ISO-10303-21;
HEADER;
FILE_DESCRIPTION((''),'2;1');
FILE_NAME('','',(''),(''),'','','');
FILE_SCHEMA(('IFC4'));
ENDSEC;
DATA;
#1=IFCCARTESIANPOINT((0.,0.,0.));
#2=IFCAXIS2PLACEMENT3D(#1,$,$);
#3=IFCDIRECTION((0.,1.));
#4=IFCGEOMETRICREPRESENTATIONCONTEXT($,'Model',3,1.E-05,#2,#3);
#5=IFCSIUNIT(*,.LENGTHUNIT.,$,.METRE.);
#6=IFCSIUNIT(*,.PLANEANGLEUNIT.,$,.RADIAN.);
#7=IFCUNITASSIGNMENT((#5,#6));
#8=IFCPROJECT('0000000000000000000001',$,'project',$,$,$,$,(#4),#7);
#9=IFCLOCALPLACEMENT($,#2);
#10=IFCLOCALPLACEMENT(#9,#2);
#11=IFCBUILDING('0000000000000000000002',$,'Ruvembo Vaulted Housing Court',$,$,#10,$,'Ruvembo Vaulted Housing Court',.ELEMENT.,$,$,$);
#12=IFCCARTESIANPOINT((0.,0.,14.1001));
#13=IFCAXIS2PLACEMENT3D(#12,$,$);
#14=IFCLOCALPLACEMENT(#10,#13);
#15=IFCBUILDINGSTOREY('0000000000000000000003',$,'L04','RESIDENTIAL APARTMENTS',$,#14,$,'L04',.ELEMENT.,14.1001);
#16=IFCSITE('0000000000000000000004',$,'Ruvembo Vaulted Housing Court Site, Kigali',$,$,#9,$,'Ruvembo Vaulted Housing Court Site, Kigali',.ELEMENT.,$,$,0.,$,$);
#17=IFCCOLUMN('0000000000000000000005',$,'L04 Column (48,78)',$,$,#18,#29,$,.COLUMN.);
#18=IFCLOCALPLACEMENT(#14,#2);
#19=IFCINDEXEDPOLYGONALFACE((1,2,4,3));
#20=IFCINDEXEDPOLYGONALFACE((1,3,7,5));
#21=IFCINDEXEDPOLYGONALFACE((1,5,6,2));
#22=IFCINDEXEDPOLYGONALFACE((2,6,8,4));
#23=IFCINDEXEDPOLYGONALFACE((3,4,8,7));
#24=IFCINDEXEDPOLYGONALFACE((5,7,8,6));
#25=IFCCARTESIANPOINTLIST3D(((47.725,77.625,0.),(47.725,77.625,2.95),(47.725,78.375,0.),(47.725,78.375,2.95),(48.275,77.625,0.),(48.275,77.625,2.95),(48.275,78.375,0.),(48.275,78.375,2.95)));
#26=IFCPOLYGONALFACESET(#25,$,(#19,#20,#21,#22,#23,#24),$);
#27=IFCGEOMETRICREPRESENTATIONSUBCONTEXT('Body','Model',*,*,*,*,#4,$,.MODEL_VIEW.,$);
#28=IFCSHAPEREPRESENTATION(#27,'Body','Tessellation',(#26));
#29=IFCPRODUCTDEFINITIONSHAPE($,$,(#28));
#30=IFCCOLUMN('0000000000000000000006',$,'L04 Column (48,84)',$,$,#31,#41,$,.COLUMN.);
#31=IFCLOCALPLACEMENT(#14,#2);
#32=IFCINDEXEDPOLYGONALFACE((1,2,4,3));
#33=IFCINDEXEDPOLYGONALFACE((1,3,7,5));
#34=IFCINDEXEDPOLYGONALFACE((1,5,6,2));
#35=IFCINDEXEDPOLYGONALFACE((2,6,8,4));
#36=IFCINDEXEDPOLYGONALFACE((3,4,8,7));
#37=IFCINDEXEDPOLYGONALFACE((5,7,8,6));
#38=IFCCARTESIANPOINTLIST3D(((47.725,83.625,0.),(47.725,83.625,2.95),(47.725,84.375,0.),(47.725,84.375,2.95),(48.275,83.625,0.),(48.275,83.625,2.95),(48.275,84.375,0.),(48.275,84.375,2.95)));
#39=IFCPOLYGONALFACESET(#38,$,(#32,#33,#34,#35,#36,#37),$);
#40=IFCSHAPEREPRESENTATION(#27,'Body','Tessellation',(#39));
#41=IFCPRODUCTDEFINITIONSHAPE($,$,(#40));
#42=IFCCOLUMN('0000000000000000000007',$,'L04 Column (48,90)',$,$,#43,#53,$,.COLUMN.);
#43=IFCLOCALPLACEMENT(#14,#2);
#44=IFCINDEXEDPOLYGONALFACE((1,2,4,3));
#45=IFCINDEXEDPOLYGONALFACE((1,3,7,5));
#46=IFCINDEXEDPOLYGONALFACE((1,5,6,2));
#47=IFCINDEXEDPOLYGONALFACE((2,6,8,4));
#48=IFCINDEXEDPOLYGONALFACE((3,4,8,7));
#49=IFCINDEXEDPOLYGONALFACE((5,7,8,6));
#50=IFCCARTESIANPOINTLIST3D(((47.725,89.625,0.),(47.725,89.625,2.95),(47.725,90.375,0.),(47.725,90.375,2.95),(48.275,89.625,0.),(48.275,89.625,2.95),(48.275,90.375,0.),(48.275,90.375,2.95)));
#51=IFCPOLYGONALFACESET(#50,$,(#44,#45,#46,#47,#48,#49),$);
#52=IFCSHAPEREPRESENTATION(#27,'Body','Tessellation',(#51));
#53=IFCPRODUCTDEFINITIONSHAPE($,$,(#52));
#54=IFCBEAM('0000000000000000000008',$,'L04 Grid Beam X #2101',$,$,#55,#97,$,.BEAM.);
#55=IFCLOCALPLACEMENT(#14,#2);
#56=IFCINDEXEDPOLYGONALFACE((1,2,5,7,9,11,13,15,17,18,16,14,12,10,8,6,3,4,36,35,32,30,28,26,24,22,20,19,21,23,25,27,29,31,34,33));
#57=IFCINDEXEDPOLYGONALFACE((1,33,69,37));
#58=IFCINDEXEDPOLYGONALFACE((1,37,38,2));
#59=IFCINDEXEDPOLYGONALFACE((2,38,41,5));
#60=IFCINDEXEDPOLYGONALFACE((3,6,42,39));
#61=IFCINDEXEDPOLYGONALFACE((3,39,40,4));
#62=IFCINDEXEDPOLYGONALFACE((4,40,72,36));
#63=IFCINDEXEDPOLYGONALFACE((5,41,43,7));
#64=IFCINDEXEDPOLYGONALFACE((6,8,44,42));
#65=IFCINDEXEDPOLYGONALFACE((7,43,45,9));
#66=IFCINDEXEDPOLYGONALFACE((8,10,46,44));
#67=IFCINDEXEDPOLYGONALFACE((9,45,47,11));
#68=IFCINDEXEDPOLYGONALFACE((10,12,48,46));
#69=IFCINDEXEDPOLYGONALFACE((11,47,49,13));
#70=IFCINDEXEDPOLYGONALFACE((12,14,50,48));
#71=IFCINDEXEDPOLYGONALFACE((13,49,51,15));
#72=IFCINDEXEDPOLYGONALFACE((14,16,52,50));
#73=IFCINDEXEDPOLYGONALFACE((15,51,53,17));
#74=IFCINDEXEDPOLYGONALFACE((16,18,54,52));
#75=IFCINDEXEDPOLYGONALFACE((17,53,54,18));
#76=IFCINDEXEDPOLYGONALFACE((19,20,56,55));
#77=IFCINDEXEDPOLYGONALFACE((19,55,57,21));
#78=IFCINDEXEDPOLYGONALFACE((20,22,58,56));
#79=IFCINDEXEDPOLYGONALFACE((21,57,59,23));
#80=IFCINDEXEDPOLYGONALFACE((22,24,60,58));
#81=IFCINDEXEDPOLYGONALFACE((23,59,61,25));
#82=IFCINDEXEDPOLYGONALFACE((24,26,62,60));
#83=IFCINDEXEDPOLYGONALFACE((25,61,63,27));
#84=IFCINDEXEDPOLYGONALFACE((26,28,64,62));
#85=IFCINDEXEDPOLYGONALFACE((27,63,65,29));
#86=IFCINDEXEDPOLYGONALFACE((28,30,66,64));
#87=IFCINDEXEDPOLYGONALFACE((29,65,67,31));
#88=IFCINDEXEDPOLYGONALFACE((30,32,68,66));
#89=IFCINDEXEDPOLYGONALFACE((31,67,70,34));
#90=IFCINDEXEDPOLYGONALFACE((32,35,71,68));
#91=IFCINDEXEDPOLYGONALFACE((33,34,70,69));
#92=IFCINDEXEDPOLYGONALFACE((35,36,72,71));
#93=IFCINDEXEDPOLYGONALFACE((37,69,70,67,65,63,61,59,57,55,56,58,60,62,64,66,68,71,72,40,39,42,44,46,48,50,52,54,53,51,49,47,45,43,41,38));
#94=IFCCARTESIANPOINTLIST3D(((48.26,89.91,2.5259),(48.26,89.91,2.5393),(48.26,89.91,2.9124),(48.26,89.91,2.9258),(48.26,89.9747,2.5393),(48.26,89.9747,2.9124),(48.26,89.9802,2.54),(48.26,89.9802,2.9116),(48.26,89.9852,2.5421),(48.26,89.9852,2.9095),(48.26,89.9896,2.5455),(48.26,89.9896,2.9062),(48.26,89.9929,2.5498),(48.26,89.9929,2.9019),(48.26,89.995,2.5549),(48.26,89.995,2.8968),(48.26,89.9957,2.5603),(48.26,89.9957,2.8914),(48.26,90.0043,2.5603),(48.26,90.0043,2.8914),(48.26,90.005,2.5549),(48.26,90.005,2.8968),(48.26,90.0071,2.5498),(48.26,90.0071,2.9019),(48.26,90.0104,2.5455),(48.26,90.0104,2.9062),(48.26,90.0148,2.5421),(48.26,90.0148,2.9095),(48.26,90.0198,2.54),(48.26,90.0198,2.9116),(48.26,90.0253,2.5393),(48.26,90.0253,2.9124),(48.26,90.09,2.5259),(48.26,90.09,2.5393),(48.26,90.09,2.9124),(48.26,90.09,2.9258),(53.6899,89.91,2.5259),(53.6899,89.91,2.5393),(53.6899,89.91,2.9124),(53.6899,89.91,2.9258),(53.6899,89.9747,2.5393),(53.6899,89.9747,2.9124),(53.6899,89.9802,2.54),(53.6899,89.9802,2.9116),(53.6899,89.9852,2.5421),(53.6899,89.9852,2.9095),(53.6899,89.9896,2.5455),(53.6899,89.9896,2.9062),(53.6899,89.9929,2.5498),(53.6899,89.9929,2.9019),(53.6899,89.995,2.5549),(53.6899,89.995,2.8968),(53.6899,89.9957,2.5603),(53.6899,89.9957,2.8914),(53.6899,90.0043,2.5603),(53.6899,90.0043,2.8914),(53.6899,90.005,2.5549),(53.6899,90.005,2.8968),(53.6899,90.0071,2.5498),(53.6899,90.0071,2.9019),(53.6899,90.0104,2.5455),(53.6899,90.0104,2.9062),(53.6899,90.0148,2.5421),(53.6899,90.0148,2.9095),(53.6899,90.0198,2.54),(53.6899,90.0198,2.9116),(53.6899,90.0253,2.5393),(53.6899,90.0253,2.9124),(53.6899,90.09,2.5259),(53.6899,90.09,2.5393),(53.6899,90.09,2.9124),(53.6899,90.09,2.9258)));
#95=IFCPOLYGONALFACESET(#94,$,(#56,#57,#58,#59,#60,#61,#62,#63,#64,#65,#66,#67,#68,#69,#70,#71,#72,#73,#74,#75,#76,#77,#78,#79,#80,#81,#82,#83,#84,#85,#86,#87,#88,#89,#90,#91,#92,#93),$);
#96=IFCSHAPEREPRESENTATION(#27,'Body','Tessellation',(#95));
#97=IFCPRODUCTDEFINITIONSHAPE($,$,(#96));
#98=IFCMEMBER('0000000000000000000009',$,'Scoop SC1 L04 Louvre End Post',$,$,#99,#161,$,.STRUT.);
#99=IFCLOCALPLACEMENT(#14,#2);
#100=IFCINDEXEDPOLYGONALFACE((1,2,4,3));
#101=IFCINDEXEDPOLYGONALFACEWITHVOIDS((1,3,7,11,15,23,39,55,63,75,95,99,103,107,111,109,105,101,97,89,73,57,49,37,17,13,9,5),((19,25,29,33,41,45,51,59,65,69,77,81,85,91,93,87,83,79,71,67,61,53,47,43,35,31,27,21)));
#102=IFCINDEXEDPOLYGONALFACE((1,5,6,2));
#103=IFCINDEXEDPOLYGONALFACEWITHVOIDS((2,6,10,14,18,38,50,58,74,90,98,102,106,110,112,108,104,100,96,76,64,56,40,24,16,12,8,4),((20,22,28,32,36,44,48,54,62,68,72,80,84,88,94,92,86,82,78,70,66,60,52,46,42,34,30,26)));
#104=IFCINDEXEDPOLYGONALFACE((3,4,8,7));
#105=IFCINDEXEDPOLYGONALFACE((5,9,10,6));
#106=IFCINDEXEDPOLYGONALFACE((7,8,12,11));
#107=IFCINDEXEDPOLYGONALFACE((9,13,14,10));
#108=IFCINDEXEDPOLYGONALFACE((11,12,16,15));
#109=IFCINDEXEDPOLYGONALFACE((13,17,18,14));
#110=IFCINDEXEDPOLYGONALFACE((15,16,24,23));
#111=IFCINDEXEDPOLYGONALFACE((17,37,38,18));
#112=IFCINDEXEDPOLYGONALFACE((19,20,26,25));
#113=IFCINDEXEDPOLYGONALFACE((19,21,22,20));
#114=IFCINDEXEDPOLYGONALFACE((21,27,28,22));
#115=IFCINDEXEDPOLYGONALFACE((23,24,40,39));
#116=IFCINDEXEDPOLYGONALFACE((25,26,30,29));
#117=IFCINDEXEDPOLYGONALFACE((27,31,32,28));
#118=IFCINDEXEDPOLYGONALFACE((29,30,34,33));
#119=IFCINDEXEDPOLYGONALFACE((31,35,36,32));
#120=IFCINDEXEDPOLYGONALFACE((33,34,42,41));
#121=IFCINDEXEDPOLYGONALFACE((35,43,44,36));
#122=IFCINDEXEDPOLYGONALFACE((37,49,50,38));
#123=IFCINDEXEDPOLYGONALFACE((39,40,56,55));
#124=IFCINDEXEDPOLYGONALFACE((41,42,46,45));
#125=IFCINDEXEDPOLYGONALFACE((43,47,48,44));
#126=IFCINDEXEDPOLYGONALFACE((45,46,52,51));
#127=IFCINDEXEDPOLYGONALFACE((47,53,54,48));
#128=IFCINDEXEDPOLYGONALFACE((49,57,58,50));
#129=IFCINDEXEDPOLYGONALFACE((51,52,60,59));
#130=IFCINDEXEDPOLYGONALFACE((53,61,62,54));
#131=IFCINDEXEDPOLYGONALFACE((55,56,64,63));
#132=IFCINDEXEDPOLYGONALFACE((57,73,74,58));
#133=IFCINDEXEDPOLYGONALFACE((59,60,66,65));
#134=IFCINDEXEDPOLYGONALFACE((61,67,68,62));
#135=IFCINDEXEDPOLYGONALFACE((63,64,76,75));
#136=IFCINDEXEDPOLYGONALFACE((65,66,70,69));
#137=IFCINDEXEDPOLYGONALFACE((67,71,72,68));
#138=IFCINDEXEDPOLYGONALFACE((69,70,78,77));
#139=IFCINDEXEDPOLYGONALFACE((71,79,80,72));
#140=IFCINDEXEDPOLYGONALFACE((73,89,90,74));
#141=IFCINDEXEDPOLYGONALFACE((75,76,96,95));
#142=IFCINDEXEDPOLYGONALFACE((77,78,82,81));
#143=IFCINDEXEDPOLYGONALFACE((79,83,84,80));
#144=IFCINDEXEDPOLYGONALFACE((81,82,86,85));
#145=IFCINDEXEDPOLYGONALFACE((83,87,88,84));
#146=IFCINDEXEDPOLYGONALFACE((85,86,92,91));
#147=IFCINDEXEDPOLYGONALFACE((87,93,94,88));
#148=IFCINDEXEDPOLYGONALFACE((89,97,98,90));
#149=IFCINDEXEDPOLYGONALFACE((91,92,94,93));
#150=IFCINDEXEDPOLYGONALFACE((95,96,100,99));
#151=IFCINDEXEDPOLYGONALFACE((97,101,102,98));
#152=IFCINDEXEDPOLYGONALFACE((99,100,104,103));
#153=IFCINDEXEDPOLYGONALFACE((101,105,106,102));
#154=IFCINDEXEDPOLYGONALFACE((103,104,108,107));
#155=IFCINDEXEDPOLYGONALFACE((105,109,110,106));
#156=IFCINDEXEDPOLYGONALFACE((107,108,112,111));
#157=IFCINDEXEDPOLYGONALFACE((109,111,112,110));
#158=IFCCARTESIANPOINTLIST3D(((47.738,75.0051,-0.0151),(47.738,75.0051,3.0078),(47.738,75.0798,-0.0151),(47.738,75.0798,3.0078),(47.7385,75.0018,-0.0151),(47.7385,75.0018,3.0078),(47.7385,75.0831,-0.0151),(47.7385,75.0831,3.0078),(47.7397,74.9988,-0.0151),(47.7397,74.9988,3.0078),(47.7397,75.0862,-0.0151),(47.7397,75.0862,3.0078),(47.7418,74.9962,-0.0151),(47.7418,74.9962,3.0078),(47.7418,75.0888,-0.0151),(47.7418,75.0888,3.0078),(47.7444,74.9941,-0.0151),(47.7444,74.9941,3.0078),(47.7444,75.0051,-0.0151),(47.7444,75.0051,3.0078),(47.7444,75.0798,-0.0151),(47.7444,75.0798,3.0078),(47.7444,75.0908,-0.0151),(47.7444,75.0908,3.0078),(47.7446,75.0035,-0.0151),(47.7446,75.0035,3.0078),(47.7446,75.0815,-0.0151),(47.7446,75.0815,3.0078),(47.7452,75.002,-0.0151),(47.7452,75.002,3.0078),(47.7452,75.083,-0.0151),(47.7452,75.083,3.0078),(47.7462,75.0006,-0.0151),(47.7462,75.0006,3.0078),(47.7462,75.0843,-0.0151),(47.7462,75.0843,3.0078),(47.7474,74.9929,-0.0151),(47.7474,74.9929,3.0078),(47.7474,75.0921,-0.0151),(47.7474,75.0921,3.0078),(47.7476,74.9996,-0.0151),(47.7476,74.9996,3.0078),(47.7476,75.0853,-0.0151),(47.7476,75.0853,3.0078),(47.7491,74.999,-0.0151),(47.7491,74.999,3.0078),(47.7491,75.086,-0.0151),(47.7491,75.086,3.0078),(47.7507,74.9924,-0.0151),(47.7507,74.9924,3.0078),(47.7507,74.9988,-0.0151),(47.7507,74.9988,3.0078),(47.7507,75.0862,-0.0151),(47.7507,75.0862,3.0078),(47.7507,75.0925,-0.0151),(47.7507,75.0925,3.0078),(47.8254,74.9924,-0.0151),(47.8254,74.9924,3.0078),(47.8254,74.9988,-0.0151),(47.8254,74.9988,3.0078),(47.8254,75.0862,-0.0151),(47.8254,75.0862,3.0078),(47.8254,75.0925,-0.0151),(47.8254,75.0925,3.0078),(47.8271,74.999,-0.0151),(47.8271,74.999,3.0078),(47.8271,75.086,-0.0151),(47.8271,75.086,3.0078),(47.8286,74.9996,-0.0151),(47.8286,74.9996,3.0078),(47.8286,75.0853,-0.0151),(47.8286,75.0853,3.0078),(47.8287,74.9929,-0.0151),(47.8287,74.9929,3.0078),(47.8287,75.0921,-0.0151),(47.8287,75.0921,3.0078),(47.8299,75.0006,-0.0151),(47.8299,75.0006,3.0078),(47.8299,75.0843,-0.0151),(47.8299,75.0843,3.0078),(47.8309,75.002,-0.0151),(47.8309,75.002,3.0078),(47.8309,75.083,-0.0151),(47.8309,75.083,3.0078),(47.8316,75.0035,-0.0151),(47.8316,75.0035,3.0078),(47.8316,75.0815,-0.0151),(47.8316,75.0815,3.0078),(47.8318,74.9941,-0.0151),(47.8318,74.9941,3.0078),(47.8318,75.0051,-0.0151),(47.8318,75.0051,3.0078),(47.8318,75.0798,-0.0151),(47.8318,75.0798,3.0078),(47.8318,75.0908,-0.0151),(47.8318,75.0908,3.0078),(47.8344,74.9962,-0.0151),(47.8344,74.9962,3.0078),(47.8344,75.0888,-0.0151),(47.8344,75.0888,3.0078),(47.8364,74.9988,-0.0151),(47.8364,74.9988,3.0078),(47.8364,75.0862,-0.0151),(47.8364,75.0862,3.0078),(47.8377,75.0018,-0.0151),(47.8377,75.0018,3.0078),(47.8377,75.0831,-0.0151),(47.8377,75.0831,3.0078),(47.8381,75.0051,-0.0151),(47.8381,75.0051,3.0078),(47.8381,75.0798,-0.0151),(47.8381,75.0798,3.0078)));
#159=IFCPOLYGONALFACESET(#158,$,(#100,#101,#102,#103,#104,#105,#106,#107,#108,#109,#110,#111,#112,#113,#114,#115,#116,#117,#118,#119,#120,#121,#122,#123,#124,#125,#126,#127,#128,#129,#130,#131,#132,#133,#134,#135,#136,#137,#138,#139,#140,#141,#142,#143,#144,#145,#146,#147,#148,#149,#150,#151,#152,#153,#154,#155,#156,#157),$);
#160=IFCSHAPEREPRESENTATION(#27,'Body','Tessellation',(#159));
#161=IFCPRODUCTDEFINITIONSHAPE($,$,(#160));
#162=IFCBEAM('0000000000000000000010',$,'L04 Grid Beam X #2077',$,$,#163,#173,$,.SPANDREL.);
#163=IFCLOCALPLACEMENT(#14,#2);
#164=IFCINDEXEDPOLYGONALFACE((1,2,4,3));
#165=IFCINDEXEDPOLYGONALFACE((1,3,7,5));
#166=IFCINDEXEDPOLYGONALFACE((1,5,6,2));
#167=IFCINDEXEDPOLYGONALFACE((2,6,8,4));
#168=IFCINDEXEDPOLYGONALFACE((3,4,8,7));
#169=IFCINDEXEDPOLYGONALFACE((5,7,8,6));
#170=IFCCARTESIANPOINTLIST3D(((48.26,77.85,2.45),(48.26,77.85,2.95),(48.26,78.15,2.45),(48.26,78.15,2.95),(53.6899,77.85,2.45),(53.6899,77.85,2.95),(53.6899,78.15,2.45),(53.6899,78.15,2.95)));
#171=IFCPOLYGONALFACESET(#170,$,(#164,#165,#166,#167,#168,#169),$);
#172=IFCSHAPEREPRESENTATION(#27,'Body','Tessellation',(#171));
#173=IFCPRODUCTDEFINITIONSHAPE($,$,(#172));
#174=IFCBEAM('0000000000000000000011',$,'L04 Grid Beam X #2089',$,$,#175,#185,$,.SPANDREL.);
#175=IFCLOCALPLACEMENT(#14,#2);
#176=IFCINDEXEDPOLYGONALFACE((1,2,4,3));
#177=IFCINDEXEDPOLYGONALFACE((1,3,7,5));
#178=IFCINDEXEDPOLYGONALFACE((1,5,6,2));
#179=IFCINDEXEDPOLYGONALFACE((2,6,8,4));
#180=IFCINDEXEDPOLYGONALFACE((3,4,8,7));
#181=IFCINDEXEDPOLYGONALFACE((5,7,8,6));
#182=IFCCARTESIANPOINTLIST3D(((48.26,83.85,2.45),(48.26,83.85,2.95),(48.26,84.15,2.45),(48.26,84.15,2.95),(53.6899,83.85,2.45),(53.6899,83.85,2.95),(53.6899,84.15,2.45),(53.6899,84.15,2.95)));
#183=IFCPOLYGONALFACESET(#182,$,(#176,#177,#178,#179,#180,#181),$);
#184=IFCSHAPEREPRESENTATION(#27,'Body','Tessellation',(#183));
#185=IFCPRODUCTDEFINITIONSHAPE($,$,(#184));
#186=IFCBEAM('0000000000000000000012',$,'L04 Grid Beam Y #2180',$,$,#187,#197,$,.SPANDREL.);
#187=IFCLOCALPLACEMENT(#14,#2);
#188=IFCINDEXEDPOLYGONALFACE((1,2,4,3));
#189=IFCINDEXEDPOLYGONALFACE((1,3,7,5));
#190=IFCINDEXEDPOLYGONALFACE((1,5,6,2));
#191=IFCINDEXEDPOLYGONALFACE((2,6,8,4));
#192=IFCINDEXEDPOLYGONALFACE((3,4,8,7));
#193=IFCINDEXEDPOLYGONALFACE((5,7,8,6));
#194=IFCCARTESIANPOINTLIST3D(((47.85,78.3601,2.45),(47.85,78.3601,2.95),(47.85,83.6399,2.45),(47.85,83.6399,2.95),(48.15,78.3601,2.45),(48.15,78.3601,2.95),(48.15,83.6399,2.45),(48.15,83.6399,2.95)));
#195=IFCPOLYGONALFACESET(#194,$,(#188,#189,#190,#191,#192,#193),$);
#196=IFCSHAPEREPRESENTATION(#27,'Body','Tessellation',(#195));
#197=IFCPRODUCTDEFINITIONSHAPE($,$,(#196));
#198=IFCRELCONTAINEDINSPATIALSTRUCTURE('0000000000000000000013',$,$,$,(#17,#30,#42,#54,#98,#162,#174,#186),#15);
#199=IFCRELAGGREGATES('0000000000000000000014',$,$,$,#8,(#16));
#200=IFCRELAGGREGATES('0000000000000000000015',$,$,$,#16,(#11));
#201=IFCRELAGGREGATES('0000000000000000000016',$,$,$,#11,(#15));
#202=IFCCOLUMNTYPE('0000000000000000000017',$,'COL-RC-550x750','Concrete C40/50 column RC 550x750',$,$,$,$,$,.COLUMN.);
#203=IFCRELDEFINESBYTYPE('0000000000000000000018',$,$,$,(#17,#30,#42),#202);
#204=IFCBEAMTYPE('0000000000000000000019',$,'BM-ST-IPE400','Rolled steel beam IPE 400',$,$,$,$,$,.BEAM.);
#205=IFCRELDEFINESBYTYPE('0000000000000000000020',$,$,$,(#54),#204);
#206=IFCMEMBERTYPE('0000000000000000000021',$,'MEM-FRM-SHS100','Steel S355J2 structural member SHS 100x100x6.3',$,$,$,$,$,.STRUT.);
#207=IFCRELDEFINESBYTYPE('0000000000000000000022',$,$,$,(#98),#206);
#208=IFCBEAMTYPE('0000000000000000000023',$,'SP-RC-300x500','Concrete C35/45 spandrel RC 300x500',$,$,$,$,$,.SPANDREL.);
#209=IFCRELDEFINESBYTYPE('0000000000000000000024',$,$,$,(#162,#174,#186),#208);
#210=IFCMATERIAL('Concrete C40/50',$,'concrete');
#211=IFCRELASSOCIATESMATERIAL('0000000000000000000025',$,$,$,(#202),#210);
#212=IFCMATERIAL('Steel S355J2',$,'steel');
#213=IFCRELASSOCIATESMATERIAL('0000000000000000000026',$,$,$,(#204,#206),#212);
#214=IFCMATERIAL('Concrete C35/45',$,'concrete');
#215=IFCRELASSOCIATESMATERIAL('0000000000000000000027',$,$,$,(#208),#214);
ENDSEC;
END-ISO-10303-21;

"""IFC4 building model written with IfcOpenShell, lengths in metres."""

from ifc_helpers import new_model, si_unit, direction, frame, origin, origin_2d, place, context, subcontext, project, spatial, rectangle, hollow_rectangle, i_section, extrude, material, material_profile, profile_set, type_object, element, save


model = new_model("IFC4")

# Units and contexts
model_context = context("Model", 3, precision=1e-05, world=origin(), true_north=direction((0.0, 1.0)))
body_context = subcontext(model_context, "Body", "Model", "MODEL_VIEW")
ifc_project = project(units=[si_unit("LENGTHUNIT", "METRE"), si_unit("PLANEANGLEUNIT", "RADIAN")], contexts=[model_context])

# Site, building, storey
site_placement = place(None, origin())
site = spatial("IfcSite", under=ifc_project, at=site_placement, Name="Ruvembo Vaulted Housing Court Site, Kigali", LongName="Ruvembo Vaulted Housing Court Site, Kigali", CompositionType="ELEMENT", RefElevation=0.0)
building_placement = place(site_placement, origin())
building = spatial("IfcBuilding", under=site, at=building_placement, Name="Ruvembo Vaulted Housing Court", LongName="Ruvembo Vaulted Housing Court", CompositionType="ELEMENT")
storey_placement = place(building_placement, frame((0.0, 0.0, 14.1001)))
storey = spatial("IfcBuildingStorey", under=building, at=storey_placement, Name="L04", Description="RESIDENTIAL APARTMENTS", LongName="L04", CompositionType="ELEMENT", Elevation=14.1001)

# Columns
ifc_material_1 = material(Name="Concrete C40/50", Category="concrete")
ifc_material_profile_1 = material_profile(ifc_material_1, rectangle(XDim=0.55, YDim=0.75, at=origin_2d()), Name="RC 550x750")
ifc_profile_set_1 = profile_set([ifc_material_profile_1], Name="Concrete C40/50")
column_type = type_object("IfcColumnType", Name="COL-RC-550x750", Description="Concrete C40/50 column RC 550x750", PredefinedType="COLUMN", material=ifc_profile_set_1)
for number, where, z_axis, x_axis, name in (
    (1, (48.0, 78.0, 0.0), (0.0, 0.0, 1.0), (1.0, 0.0, 0.0), "L04 Column (48,78)"),
    (2, (48.0, 84.0, 0.0), (0.0, 0.0, 1.0), (1.0, 0.0, 0.0), "L04 Column (48,84)"),
    (3, (48.0, 90.0, 0.0), (0.0, 0.0, 1.0), (1.0, 0.0, 0.0), "L04 Column (48,90)"),
):
    element("IfcColumn", number, at=place(storey_placement, frame(where, z_axis=z_axis, x_axis=x_axis)), inside=storey, type_object=column_type, Name=name, PredefinedType="COLUMN", context=body_context, shape_type="SweptSolid", body=[
        extrude(rectangle(XDim=0.55, YDim=0.75, at=origin_2d()), origin(), (0.0, 0.0, 1.0), 2.95),
    ])

# Beam
ifc_material_2 = material(Name="Steel S355J2", Category="steel")
ifc_material_profile_2 = material_profile(ifc_material_2, i_section(OverallWidth=0.1799, OverallDepth=0.3999, WebThickness=0.0085, FlangeThickness=0.0134, FilletRadius=0.021, at=origin_2d()), Name="IPE 400")
ifc_profile_set_2 = profile_set([ifc_material_profile_2], Name="Steel S355J2")
beam_type_1 = type_object("IfcBeamType", Name="BM-ST-IPE400", Description="Rolled steel beam IPE 400", PredefinedType="BEAM", material=ifc_profile_set_2)
beam_placement = place(storey_placement, frame((48.26, 90.0, 2.7258), z_axis=(1.0, 0.0, 0.0), x_axis=(0.0, 1.0, 0.0)))
element("IfcBeam", 4, at=beam_placement, inside=storey, type_object=beam_type_1, Name="L04 Grid Beam X #2101", PredefinedType="BEAM", context=body_context, shape_type="SweptSolid", body=[
    extrude(i_section(OverallWidth=0.1799, OverallDepth=0.3999, WebThickness=0.0085, FlangeThickness=0.0134, FilletRadius=0.021, at=origin_2d()), origin(), (0.0, 0.0, 1.0), 5.4299),
])

# Member
ifc_material_profile_3 = material_profile(ifc_material_2, hollow_rectangle(XDim=0.1001, YDim=0.1001, WallThickness=0.0063, InnerFilletRadius=0.0063, OuterFilletRadius=0.0127, at=origin_2d()), Name="SHS 100x100x6.3")
ifc_profile_set_3 = profile_set([ifc_material_profile_3], Name="Steel S355J2")
member_type = type_object("IfcMemberType", Name="MEM-FRM-SHS100", Description="Steel S355J2 structural member SHS 100x100x6.3", PredefinedType="STRUT", material=ifc_profile_set_3)
member_placement = place(storey_placement, frame((47.7881, 75.0425, -0.0151), z_axis=(0.0, 0.0, 1.0), x_axis=(1.0, 0.0, 0.0)))
element("IfcMember", 5, at=member_placement, inside=storey, type_object=member_type, Name="Scoop SC1 L04 Louvre End Post", PredefinedType="STRUT", context=body_context, shape_type="SweptSolid", body=[
    extrude(hollow_rectangle(XDim=0.1001, YDim=0.1001, WallThickness=0.0063, InnerFilletRadius=0.0063, OuterFilletRadius=0.0127, at=origin_2d()), origin(), (0.0, 0.0, 1.0), 3.0229),
])

# Beams
ifc_material_3 = material(Name="Concrete C35/45", Category="concrete")
ifc_material_profile_4 = material_profile(ifc_material_3, rectangle(XDim=0.3, YDim=0.5, at=origin_2d()), Name="RC 300x500")
ifc_profile_set_4 = profile_set([ifc_material_profile_4], Name="Concrete C35/45")
beam_type_2 = type_object("IfcBeamType", Name="SP-RC-300x500", Description="Concrete C35/45 spandrel RC 300x500", PredefinedType="SPANDREL", material=ifc_profile_set_4)
for number, where, z_axis, x_axis, name in (
    (6, (48.26, 78.0, 2.7), (1.0, 0.0, 0.0), (0.0, 1.0, 0.0), "L04 Grid Beam X #2077"),
    (7, (48.26, 84.0, 2.7), (1.0, 0.0, 0.0), (0.0, 1.0, 0.0), "L04 Grid Beam X #2089"),
):
    element("IfcBeam", number, at=place(storey_placement, frame(where, z_axis=z_axis, x_axis=x_axis)), inside=storey, type_object=beam_type_2, Name=name, PredefinedType="SPANDREL", context=body_context, shape_type="SweptSolid", body=[
        extrude(rectangle(XDim=0.3, YDim=0.5, at=origin_2d()), origin(), (0.0, 0.0, 1.0), 5.4299),
    ])
for number, where, z_axis, x_axis, name in (
    (8, (48.0, 78.3601, 2.7), (0.0, 1.0, 0.0), (-1.0, 0.0, 0.0), "L04 Grid Beam Y #2180"),
):
    element("IfcBeam", number, at=place(storey_placement, frame(where, z_axis=z_axis, x_axis=x_axis)), inside=storey, type_object=beam_type_2, Name=name, PredefinedType="SPANDREL", context=body_context, shape_type="SweptSolid", body=[
        extrude(rectangle(XDim=0.3, YDim=0.5, at=origin_2d()), origin(), (0.0, 0.0, 1.0), 5.2798),
    ])

save(model, "model.ifc")
